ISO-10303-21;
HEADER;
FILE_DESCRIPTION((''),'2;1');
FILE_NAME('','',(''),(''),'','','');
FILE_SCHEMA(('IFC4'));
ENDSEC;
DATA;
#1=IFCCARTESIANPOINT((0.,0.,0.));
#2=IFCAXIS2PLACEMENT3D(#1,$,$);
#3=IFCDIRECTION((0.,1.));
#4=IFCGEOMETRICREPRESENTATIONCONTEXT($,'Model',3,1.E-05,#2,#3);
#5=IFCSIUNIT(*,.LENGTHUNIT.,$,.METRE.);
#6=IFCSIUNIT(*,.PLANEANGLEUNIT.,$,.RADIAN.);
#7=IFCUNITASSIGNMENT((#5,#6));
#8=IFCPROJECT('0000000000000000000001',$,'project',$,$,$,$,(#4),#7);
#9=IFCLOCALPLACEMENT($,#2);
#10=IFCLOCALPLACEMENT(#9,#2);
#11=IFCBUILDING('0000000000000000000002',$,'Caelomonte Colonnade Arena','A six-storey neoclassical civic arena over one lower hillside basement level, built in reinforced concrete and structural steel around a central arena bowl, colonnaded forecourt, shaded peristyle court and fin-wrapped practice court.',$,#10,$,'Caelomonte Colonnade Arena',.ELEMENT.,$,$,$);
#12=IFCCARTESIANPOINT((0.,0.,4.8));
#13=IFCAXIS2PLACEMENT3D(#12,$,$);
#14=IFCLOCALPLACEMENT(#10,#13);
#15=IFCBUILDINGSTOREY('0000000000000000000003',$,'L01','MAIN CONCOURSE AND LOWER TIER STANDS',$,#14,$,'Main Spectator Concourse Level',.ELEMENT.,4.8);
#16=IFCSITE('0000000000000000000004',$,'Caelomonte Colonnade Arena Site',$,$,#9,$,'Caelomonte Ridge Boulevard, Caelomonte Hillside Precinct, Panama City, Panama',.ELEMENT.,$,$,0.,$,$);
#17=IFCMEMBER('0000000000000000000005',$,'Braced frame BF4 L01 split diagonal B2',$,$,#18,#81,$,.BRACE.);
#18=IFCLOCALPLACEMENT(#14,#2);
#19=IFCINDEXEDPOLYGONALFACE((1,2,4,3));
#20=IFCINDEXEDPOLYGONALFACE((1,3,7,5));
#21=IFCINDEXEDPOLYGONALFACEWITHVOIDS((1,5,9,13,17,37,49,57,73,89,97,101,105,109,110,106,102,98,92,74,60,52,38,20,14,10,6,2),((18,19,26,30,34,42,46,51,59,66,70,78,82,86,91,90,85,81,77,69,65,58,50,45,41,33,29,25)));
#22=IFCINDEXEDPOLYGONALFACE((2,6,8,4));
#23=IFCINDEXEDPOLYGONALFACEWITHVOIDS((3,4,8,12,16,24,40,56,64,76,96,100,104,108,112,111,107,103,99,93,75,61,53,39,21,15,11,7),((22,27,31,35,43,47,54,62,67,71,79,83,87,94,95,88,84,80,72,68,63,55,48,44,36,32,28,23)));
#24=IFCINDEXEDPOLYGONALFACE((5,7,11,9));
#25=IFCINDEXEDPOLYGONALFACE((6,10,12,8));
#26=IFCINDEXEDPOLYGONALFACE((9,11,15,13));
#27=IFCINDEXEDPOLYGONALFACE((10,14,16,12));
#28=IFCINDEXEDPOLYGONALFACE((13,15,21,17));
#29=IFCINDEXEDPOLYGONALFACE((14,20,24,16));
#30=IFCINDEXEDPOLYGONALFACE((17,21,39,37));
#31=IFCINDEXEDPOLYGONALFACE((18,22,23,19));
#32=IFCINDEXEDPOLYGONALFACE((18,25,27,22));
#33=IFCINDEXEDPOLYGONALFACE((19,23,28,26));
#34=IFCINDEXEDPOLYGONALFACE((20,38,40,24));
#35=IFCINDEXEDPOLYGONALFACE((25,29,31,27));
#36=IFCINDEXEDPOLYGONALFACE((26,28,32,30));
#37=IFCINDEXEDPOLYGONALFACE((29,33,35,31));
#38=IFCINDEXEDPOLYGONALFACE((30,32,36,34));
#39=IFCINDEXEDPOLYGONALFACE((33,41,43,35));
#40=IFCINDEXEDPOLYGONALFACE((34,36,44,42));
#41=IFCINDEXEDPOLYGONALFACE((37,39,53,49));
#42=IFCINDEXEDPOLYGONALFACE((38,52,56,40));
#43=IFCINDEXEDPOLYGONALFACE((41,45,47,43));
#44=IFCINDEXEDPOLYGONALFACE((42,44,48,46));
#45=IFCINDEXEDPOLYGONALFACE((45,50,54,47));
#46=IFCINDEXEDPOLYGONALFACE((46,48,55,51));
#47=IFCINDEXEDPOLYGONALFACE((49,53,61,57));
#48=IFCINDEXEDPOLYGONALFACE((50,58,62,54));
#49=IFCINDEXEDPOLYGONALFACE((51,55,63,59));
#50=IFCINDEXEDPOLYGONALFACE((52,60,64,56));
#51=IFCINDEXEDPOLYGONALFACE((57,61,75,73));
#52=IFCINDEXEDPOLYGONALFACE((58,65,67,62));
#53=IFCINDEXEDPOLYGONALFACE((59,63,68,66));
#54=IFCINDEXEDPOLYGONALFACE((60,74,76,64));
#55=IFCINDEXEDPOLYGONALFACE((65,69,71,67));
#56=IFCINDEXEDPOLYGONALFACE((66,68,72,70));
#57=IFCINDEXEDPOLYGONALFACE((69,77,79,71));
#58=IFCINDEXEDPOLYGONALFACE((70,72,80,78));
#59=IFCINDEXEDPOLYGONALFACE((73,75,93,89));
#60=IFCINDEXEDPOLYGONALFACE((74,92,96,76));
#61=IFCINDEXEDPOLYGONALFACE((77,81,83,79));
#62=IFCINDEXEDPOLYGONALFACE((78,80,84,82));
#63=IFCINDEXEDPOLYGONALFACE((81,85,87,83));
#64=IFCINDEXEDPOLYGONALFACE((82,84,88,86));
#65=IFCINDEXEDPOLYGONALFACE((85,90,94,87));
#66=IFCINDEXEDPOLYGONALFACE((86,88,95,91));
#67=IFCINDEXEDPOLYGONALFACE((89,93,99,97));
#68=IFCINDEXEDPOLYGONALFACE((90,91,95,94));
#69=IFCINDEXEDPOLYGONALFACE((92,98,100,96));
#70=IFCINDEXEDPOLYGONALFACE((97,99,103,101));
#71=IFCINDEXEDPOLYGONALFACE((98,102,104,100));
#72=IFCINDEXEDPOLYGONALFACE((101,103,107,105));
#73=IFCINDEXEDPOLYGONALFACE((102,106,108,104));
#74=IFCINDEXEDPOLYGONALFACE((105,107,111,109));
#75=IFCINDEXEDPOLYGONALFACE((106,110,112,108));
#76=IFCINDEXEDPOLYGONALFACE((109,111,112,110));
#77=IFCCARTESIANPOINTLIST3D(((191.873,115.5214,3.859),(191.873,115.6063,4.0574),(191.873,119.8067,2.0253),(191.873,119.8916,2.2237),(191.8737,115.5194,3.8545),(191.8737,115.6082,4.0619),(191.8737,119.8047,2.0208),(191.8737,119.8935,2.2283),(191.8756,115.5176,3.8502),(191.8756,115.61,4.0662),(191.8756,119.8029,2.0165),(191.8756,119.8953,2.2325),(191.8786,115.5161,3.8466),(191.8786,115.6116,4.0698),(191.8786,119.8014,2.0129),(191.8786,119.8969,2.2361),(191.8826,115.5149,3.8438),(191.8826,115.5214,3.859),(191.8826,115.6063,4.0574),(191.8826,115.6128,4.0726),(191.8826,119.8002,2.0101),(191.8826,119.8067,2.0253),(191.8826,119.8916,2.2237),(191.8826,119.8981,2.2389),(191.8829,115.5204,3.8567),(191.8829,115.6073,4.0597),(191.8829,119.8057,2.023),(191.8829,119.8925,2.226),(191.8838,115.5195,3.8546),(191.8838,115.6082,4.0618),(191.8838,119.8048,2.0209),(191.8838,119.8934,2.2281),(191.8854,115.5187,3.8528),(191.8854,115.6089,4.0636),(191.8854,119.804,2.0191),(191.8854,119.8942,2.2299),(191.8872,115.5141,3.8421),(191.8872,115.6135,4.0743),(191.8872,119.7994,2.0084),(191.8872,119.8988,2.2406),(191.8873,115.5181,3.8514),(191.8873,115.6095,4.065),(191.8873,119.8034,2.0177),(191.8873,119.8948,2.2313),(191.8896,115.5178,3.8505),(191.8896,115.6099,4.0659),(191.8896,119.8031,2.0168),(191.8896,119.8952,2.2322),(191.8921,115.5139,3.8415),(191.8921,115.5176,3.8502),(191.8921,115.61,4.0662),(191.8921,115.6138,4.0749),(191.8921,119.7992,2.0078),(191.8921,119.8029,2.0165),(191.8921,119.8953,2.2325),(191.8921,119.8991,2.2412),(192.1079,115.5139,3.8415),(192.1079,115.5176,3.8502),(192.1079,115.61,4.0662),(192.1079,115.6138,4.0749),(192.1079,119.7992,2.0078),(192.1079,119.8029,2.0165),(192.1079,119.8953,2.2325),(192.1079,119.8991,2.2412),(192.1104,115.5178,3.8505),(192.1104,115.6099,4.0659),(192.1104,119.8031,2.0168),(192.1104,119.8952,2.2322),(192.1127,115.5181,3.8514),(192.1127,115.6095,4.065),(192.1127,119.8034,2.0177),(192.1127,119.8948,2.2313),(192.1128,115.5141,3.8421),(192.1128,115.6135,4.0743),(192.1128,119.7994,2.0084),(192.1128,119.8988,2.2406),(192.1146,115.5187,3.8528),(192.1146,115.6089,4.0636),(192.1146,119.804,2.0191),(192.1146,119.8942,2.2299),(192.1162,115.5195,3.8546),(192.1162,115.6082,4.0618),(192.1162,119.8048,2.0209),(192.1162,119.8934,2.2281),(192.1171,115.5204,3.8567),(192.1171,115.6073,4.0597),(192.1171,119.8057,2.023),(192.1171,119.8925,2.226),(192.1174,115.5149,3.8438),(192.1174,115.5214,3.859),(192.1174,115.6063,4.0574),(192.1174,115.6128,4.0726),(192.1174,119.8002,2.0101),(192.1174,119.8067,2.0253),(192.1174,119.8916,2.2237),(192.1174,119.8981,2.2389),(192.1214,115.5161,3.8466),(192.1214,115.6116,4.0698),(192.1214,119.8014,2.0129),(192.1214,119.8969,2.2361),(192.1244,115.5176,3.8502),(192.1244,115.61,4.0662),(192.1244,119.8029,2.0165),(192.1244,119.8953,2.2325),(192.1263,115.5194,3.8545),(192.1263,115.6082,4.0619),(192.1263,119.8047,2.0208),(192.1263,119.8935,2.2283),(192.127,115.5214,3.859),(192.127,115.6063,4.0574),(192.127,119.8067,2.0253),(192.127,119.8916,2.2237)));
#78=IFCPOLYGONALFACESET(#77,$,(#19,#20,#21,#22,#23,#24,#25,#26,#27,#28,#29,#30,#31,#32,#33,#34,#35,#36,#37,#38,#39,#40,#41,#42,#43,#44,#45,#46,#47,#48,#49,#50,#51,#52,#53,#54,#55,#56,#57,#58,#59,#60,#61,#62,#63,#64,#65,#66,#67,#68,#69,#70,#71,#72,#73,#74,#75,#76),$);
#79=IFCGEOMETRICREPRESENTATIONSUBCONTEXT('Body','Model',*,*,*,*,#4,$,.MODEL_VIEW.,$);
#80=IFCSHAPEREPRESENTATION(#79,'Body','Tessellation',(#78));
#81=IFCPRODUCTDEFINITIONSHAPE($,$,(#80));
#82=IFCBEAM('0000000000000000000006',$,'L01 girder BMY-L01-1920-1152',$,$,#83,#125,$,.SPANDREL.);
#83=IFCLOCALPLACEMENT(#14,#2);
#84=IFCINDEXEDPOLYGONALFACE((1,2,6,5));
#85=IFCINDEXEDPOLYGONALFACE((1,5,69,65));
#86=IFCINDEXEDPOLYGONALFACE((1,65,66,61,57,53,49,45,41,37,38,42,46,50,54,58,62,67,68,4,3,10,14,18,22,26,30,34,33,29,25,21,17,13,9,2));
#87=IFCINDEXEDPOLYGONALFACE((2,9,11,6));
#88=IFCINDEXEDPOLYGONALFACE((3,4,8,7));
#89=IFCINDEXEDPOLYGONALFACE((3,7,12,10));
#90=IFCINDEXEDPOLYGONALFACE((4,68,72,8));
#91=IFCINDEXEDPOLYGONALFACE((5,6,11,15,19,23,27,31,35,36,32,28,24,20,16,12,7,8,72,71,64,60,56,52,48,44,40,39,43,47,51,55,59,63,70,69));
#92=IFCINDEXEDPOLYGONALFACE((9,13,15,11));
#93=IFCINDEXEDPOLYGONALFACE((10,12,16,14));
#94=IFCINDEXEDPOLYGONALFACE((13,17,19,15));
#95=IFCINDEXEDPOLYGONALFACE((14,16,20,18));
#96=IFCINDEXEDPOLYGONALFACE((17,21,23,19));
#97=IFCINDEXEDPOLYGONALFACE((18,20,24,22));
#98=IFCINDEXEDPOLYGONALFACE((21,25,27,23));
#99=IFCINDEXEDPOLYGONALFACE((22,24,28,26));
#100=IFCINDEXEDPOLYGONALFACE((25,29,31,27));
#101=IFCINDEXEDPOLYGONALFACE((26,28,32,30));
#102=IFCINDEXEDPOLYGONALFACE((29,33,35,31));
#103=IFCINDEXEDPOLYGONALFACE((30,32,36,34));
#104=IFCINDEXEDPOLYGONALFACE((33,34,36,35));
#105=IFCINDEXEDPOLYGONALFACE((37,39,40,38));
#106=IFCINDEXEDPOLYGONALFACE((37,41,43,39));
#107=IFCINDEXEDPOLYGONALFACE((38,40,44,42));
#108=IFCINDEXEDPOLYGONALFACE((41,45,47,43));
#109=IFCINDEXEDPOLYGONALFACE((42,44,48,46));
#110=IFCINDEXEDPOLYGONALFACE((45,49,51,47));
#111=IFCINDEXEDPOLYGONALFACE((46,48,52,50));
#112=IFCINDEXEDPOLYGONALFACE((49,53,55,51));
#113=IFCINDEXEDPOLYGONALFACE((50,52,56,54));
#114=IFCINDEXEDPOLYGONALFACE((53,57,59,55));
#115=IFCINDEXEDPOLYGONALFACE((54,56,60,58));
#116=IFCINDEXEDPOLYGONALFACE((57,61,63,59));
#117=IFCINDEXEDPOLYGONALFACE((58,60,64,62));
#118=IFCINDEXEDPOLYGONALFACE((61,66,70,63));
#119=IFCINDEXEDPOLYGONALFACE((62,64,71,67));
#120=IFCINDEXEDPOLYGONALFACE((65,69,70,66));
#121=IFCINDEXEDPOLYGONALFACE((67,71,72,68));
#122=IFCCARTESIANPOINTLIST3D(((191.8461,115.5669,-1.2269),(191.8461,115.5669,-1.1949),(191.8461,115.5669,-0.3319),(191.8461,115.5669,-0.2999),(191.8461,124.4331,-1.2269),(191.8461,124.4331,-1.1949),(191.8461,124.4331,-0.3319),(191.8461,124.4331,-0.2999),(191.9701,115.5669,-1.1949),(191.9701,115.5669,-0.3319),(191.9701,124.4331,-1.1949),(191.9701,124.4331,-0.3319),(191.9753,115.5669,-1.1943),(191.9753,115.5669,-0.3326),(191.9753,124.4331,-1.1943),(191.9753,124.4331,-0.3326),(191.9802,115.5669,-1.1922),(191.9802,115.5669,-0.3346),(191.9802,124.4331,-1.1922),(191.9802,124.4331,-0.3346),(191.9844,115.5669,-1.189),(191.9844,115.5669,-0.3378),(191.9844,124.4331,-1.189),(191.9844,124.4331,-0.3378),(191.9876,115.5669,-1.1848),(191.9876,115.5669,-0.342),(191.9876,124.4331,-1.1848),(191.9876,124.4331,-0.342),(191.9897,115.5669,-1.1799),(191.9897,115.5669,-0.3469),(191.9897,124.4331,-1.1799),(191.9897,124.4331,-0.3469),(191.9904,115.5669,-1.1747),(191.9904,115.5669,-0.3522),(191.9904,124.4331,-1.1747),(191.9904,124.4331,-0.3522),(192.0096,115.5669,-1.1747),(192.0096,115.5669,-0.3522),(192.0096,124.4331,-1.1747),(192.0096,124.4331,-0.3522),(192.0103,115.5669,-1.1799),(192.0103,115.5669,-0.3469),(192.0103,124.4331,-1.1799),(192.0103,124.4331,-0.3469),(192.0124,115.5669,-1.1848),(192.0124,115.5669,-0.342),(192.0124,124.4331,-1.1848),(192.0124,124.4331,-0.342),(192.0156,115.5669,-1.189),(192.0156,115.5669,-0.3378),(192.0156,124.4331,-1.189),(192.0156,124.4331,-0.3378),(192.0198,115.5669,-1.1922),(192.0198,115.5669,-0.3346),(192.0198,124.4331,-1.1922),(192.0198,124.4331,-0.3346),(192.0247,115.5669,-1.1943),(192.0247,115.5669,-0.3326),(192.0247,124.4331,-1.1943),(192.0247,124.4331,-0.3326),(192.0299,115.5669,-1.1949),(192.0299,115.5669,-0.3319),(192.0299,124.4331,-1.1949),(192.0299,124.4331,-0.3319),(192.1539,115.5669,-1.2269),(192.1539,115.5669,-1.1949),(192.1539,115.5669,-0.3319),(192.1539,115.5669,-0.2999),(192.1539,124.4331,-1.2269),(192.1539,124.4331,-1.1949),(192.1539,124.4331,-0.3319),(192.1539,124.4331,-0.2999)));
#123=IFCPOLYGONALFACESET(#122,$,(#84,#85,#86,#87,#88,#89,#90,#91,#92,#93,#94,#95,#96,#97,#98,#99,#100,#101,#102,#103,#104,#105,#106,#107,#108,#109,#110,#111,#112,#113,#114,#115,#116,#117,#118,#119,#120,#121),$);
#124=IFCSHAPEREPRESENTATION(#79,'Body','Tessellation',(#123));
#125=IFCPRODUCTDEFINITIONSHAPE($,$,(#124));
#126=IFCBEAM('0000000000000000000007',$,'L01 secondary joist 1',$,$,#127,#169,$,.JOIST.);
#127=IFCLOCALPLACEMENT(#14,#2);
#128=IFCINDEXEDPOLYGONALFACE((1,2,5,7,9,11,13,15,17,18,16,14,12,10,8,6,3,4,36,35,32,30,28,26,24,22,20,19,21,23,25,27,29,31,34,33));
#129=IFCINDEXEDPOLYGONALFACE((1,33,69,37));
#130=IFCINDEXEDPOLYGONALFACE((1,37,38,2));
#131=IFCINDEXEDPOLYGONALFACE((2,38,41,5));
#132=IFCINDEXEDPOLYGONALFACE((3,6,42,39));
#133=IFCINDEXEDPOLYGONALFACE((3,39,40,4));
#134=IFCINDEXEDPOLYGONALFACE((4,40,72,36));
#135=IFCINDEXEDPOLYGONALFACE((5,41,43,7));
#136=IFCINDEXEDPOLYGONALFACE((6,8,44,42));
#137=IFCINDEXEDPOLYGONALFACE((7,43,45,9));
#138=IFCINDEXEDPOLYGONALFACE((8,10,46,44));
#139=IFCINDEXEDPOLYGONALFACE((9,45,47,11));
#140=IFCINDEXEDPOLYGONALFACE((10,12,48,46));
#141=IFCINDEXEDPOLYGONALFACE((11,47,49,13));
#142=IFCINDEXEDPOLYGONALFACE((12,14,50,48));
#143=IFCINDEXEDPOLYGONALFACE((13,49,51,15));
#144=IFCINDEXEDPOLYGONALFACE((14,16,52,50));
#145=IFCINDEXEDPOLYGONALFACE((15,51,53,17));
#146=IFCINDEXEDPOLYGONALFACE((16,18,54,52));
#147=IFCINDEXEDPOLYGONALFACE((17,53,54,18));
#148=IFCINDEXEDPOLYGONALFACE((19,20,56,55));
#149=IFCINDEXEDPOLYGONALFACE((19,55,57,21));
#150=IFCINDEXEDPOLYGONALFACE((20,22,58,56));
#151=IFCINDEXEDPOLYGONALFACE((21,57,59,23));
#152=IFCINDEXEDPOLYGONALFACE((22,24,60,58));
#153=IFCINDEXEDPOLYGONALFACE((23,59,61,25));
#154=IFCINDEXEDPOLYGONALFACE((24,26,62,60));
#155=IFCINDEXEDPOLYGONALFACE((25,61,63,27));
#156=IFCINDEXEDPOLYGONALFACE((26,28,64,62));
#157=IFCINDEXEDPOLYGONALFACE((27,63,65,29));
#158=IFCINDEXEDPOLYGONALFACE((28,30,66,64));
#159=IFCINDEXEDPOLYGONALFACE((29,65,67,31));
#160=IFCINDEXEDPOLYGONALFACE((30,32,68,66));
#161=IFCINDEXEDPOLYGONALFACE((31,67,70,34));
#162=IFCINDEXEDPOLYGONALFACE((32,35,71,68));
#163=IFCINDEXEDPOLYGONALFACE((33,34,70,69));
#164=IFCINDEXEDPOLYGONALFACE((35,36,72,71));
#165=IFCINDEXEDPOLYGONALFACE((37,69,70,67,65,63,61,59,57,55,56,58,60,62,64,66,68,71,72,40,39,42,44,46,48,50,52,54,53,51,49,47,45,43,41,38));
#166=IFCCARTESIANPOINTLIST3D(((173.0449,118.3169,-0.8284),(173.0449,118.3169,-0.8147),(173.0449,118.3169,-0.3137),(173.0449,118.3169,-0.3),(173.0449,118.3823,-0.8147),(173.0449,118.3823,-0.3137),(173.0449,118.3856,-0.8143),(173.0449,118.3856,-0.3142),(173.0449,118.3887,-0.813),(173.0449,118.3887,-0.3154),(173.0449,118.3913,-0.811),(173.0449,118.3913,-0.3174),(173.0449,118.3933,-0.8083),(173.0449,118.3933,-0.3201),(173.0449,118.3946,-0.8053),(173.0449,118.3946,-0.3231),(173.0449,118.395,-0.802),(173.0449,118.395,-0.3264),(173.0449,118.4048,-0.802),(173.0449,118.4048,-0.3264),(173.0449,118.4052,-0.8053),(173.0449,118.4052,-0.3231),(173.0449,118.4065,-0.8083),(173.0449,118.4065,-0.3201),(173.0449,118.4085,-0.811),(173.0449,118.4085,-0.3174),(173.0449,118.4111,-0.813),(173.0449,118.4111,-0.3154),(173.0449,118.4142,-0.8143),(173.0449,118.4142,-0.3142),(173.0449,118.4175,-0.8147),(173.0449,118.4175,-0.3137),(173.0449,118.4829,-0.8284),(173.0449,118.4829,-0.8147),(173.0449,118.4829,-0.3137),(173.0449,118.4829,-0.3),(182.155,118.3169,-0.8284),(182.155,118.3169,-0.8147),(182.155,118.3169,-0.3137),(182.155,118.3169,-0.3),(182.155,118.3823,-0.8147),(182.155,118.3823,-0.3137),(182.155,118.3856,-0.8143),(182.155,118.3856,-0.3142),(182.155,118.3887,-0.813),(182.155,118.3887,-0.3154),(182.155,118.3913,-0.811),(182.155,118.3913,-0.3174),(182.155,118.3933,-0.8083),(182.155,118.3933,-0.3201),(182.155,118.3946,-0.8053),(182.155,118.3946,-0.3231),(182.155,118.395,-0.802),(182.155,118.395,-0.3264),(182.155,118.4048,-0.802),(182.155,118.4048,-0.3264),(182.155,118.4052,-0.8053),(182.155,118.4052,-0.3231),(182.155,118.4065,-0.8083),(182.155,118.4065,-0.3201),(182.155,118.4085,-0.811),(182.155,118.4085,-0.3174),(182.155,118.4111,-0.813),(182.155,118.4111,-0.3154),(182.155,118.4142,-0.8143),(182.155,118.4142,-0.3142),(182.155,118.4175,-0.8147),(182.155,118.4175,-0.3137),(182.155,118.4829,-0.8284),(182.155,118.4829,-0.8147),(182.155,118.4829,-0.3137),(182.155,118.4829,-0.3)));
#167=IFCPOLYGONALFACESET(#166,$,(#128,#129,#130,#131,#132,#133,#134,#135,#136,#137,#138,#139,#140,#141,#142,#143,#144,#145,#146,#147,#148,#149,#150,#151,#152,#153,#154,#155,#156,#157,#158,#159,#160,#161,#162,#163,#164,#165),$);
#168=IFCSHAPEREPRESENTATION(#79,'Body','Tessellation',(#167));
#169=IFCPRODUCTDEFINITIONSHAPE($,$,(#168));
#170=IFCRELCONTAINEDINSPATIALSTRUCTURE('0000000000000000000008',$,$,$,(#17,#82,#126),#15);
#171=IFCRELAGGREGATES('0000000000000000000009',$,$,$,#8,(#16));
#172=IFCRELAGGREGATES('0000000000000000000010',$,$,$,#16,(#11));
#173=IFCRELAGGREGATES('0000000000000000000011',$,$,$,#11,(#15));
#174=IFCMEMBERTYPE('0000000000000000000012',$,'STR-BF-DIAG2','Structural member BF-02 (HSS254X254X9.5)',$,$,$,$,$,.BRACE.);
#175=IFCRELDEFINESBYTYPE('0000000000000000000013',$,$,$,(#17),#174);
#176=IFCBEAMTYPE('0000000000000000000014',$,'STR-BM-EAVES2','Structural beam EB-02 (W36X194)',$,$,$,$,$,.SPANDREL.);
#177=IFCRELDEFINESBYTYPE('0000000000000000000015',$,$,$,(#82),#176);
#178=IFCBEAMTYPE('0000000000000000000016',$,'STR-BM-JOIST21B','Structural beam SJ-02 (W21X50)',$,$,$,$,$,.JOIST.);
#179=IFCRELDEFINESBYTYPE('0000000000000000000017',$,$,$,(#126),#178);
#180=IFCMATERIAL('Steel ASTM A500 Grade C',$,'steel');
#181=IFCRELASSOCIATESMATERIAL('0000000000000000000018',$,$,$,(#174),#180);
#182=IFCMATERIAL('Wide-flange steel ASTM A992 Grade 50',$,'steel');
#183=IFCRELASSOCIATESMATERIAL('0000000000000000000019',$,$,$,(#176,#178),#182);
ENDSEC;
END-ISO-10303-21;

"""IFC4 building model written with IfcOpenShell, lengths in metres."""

from ifc_helpers import new_model, si_unit, direction, frame, origin, origin_2d, place, context, subcontext, project, spatial, hollow_rectangle, i_section, extrude, material, material_profile, profile_set, type_object, element, save


model = new_model("IFC4")

# Units and contexts
model_context = context("Model", 3, precision=1e-05, world=origin(), true_north=direction((0.0, 1.0)))
body_context = subcontext(model_context, "Body", "Model", "MODEL_VIEW")
ifc_project = project(units=[si_unit("LENGTHUNIT", "METRE"), si_unit("PLANEANGLEUNIT", "RADIAN")], contexts=[model_context])

# Site, building, storey
site_placement = place(None, origin())
site = spatial("IfcSite", under=ifc_project, at=site_placement, Name="Caelomonte Colonnade Arena Site", LongName="Caelomonte Ridge Boulevard, Caelomonte Hillside Precinct, Panama City, Panama", CompositionType="ELEMENT", RefElevation=0.0)
building_placement = place(site_placement, origin())
building = spatial("IfcBuilding", under=site, at=building_placement, Name="Caelomonte Colonnade Arena", Description="A six-storey neoclassical civic arena over one lower hillside basement level, built in reinforced concrete and structural steel around a central arena bowl, colonnaded forecourt, shaded peristyle court and fin-wrapped practice court.", LongName="Caelomonte Colonnade Arena", CompositionType="ELEMENT")
storey_placement = place(building_placement, frame((0.0, 0.0, 4.8)))
storey = spatial("IfcBuildingStorey", under=building, at=storey_placement, Name="L01", Description="MAIN CONCOURSE AND LOWER TIER STANDS", LongName="Main Spectator Concourse Level", CompositionType="ELEMENT", Elevation=4.8)

# Member
ifc_material_1 = material(Name="Steel ASTM A500 Grade C", Category="steel")
ifc_material_profile_1 = material_profile(ifc_material_1, hollow_rectangle(XDim=0.2539, YDim=0.2539, WallThickness=0.0095, InnerFilletRadius=0.0095, OuterFilletRadius=0.019, at=origin_2d()), Name="HSS254X254X9.5")
ifc_profile_set_1 = profile_set([ifc_material_profile_1], Name="Steel ASTM A500 Grade C")
member_type = type_object("IfcMemberType", Name="STR-BF-DIAG2", Description="Structural member BF-02 (HSS254X254X9.5)", PredefinedType="BRACE", material=ifc_profile_set_1)
for number, where, z_axis, x_axis, name in (
    (1, (192.0, 119.8491, 2.1245), (0.0, -0.919367, 0.393401), (1.0, 0.0, 0.0), "Braced frame BF4 L01 split diagonal B2"),
):
    element("IfcMember", number, at=place(storey_placement, frame(where, z_axis=z_axis, x_axis=x_axis)), inside=storey, type_object=member_type, Name=name, PredefinedType="BRACE", context=body_context, shape_type="SweptSolid", body=[
        extrude(hollow_rectangle(XDim=0.2539, YDim=0.2539, WallThickness=0.0095, InnerFilletRadius=0.0095, OuterFilletRadius=0.019, at=origin_2d()), origin(), (0.0, 0.0, 1.0), 4.6611),
    ])

# Beams
ifc_material_2 = material(Name="Wide-flange steel ASTM A992 Grade 50", Category="steel")
ifc_material_profile_2 = material_profile(ifc_material_2, i_section(OverallWidth=0.3079, OverallDepth=0.927, WebThickness=0.0193, FlangeThickness=0.032, FilletRadius=0.0203, at=origin_2d()), Name="W36X194")
ifc_profile_set_2 = profile_set([ifc_material_profile_2], Name="Wide-flange steel ASTM A992 Grade 50")
beam_type_1 = type_object("IfcBeamType", Name="STR-BM-EAVES2", Description="Structural beam EB-02 (W36X194)", PredefinedType="SPANDREL", material=ifc_profile_set_2)
beam_1_placement = place(storey_placement, frame((192.0, 115.5669, -0.7634), z_axis=(0.0, 1.0, 0.0), x_axis=(-1.0, 0.0, 0.0)))
element("IfcBeam", 2, at=beam_1_placement, inside=storey, type_object=beam_type_1, Name="L01 girder BMY-L01-1920-1152", PredefinedType="SPANDREL", context=body_context, shape_type="SweptSolid", body=[
    extrude(i_section(OverallWidth=0.3079, OverallDepth=0.927, WebThickness=0.0193, FlangeThickness=0.032, FilletRadius=0.0203, at=origin_2d()), origin(), (0.0, 0.0, 1.0), 8.8662),
])
ifc_material_profile_3 = material_profile(ifc_material_2, i_section(OverallWidth=0.166, OverallDepth=0.5283, WebThickness=0.0098, FlangeThickness=0.0137, FilletRadius=0.0127, at=origin_2d()), Name="W21X50")
ifc_profile_set_3 = profile_set([ifc_material_profile_3], Name="Wide-flange steel ASTM A992 Grade 50")
beam_type_2 = type_object("IfcBeamType", Name="STR-BM-JOIST21B", Description="Structural beam SJ-02 (W21X50)", PredefinedType="JOIST", material=ifc_profile_set_3)
for number, where, z_axis, x_axis, name in (
    (3, (173.0449, 118.3999, -0.5642), (1.0, 0.0, 0.0), (0.0, 1.0, 0.0), "L01 secondary joist 1"),
):
    element("IfcBeam", number, at=place(storey_placement, frame(where, z_axis=z_axis, x_axis=x_axis)), inside=storey, type_object=beam_type_2, Name=name, PredefinedType="JOIST", context=body_context, shape_type="SweptSolid", body=[
        extrude(i_section(OverallWidth=0.166, OverallDepth=0.5283, WebThickness=0.0098, FlangeThickness=0.0137, FilletRadius=0.0127, at=origin_2d()), origin(), (0.0, 0.0, 1.0), 9.1101),
    ])

save(model, "model.ifc")
